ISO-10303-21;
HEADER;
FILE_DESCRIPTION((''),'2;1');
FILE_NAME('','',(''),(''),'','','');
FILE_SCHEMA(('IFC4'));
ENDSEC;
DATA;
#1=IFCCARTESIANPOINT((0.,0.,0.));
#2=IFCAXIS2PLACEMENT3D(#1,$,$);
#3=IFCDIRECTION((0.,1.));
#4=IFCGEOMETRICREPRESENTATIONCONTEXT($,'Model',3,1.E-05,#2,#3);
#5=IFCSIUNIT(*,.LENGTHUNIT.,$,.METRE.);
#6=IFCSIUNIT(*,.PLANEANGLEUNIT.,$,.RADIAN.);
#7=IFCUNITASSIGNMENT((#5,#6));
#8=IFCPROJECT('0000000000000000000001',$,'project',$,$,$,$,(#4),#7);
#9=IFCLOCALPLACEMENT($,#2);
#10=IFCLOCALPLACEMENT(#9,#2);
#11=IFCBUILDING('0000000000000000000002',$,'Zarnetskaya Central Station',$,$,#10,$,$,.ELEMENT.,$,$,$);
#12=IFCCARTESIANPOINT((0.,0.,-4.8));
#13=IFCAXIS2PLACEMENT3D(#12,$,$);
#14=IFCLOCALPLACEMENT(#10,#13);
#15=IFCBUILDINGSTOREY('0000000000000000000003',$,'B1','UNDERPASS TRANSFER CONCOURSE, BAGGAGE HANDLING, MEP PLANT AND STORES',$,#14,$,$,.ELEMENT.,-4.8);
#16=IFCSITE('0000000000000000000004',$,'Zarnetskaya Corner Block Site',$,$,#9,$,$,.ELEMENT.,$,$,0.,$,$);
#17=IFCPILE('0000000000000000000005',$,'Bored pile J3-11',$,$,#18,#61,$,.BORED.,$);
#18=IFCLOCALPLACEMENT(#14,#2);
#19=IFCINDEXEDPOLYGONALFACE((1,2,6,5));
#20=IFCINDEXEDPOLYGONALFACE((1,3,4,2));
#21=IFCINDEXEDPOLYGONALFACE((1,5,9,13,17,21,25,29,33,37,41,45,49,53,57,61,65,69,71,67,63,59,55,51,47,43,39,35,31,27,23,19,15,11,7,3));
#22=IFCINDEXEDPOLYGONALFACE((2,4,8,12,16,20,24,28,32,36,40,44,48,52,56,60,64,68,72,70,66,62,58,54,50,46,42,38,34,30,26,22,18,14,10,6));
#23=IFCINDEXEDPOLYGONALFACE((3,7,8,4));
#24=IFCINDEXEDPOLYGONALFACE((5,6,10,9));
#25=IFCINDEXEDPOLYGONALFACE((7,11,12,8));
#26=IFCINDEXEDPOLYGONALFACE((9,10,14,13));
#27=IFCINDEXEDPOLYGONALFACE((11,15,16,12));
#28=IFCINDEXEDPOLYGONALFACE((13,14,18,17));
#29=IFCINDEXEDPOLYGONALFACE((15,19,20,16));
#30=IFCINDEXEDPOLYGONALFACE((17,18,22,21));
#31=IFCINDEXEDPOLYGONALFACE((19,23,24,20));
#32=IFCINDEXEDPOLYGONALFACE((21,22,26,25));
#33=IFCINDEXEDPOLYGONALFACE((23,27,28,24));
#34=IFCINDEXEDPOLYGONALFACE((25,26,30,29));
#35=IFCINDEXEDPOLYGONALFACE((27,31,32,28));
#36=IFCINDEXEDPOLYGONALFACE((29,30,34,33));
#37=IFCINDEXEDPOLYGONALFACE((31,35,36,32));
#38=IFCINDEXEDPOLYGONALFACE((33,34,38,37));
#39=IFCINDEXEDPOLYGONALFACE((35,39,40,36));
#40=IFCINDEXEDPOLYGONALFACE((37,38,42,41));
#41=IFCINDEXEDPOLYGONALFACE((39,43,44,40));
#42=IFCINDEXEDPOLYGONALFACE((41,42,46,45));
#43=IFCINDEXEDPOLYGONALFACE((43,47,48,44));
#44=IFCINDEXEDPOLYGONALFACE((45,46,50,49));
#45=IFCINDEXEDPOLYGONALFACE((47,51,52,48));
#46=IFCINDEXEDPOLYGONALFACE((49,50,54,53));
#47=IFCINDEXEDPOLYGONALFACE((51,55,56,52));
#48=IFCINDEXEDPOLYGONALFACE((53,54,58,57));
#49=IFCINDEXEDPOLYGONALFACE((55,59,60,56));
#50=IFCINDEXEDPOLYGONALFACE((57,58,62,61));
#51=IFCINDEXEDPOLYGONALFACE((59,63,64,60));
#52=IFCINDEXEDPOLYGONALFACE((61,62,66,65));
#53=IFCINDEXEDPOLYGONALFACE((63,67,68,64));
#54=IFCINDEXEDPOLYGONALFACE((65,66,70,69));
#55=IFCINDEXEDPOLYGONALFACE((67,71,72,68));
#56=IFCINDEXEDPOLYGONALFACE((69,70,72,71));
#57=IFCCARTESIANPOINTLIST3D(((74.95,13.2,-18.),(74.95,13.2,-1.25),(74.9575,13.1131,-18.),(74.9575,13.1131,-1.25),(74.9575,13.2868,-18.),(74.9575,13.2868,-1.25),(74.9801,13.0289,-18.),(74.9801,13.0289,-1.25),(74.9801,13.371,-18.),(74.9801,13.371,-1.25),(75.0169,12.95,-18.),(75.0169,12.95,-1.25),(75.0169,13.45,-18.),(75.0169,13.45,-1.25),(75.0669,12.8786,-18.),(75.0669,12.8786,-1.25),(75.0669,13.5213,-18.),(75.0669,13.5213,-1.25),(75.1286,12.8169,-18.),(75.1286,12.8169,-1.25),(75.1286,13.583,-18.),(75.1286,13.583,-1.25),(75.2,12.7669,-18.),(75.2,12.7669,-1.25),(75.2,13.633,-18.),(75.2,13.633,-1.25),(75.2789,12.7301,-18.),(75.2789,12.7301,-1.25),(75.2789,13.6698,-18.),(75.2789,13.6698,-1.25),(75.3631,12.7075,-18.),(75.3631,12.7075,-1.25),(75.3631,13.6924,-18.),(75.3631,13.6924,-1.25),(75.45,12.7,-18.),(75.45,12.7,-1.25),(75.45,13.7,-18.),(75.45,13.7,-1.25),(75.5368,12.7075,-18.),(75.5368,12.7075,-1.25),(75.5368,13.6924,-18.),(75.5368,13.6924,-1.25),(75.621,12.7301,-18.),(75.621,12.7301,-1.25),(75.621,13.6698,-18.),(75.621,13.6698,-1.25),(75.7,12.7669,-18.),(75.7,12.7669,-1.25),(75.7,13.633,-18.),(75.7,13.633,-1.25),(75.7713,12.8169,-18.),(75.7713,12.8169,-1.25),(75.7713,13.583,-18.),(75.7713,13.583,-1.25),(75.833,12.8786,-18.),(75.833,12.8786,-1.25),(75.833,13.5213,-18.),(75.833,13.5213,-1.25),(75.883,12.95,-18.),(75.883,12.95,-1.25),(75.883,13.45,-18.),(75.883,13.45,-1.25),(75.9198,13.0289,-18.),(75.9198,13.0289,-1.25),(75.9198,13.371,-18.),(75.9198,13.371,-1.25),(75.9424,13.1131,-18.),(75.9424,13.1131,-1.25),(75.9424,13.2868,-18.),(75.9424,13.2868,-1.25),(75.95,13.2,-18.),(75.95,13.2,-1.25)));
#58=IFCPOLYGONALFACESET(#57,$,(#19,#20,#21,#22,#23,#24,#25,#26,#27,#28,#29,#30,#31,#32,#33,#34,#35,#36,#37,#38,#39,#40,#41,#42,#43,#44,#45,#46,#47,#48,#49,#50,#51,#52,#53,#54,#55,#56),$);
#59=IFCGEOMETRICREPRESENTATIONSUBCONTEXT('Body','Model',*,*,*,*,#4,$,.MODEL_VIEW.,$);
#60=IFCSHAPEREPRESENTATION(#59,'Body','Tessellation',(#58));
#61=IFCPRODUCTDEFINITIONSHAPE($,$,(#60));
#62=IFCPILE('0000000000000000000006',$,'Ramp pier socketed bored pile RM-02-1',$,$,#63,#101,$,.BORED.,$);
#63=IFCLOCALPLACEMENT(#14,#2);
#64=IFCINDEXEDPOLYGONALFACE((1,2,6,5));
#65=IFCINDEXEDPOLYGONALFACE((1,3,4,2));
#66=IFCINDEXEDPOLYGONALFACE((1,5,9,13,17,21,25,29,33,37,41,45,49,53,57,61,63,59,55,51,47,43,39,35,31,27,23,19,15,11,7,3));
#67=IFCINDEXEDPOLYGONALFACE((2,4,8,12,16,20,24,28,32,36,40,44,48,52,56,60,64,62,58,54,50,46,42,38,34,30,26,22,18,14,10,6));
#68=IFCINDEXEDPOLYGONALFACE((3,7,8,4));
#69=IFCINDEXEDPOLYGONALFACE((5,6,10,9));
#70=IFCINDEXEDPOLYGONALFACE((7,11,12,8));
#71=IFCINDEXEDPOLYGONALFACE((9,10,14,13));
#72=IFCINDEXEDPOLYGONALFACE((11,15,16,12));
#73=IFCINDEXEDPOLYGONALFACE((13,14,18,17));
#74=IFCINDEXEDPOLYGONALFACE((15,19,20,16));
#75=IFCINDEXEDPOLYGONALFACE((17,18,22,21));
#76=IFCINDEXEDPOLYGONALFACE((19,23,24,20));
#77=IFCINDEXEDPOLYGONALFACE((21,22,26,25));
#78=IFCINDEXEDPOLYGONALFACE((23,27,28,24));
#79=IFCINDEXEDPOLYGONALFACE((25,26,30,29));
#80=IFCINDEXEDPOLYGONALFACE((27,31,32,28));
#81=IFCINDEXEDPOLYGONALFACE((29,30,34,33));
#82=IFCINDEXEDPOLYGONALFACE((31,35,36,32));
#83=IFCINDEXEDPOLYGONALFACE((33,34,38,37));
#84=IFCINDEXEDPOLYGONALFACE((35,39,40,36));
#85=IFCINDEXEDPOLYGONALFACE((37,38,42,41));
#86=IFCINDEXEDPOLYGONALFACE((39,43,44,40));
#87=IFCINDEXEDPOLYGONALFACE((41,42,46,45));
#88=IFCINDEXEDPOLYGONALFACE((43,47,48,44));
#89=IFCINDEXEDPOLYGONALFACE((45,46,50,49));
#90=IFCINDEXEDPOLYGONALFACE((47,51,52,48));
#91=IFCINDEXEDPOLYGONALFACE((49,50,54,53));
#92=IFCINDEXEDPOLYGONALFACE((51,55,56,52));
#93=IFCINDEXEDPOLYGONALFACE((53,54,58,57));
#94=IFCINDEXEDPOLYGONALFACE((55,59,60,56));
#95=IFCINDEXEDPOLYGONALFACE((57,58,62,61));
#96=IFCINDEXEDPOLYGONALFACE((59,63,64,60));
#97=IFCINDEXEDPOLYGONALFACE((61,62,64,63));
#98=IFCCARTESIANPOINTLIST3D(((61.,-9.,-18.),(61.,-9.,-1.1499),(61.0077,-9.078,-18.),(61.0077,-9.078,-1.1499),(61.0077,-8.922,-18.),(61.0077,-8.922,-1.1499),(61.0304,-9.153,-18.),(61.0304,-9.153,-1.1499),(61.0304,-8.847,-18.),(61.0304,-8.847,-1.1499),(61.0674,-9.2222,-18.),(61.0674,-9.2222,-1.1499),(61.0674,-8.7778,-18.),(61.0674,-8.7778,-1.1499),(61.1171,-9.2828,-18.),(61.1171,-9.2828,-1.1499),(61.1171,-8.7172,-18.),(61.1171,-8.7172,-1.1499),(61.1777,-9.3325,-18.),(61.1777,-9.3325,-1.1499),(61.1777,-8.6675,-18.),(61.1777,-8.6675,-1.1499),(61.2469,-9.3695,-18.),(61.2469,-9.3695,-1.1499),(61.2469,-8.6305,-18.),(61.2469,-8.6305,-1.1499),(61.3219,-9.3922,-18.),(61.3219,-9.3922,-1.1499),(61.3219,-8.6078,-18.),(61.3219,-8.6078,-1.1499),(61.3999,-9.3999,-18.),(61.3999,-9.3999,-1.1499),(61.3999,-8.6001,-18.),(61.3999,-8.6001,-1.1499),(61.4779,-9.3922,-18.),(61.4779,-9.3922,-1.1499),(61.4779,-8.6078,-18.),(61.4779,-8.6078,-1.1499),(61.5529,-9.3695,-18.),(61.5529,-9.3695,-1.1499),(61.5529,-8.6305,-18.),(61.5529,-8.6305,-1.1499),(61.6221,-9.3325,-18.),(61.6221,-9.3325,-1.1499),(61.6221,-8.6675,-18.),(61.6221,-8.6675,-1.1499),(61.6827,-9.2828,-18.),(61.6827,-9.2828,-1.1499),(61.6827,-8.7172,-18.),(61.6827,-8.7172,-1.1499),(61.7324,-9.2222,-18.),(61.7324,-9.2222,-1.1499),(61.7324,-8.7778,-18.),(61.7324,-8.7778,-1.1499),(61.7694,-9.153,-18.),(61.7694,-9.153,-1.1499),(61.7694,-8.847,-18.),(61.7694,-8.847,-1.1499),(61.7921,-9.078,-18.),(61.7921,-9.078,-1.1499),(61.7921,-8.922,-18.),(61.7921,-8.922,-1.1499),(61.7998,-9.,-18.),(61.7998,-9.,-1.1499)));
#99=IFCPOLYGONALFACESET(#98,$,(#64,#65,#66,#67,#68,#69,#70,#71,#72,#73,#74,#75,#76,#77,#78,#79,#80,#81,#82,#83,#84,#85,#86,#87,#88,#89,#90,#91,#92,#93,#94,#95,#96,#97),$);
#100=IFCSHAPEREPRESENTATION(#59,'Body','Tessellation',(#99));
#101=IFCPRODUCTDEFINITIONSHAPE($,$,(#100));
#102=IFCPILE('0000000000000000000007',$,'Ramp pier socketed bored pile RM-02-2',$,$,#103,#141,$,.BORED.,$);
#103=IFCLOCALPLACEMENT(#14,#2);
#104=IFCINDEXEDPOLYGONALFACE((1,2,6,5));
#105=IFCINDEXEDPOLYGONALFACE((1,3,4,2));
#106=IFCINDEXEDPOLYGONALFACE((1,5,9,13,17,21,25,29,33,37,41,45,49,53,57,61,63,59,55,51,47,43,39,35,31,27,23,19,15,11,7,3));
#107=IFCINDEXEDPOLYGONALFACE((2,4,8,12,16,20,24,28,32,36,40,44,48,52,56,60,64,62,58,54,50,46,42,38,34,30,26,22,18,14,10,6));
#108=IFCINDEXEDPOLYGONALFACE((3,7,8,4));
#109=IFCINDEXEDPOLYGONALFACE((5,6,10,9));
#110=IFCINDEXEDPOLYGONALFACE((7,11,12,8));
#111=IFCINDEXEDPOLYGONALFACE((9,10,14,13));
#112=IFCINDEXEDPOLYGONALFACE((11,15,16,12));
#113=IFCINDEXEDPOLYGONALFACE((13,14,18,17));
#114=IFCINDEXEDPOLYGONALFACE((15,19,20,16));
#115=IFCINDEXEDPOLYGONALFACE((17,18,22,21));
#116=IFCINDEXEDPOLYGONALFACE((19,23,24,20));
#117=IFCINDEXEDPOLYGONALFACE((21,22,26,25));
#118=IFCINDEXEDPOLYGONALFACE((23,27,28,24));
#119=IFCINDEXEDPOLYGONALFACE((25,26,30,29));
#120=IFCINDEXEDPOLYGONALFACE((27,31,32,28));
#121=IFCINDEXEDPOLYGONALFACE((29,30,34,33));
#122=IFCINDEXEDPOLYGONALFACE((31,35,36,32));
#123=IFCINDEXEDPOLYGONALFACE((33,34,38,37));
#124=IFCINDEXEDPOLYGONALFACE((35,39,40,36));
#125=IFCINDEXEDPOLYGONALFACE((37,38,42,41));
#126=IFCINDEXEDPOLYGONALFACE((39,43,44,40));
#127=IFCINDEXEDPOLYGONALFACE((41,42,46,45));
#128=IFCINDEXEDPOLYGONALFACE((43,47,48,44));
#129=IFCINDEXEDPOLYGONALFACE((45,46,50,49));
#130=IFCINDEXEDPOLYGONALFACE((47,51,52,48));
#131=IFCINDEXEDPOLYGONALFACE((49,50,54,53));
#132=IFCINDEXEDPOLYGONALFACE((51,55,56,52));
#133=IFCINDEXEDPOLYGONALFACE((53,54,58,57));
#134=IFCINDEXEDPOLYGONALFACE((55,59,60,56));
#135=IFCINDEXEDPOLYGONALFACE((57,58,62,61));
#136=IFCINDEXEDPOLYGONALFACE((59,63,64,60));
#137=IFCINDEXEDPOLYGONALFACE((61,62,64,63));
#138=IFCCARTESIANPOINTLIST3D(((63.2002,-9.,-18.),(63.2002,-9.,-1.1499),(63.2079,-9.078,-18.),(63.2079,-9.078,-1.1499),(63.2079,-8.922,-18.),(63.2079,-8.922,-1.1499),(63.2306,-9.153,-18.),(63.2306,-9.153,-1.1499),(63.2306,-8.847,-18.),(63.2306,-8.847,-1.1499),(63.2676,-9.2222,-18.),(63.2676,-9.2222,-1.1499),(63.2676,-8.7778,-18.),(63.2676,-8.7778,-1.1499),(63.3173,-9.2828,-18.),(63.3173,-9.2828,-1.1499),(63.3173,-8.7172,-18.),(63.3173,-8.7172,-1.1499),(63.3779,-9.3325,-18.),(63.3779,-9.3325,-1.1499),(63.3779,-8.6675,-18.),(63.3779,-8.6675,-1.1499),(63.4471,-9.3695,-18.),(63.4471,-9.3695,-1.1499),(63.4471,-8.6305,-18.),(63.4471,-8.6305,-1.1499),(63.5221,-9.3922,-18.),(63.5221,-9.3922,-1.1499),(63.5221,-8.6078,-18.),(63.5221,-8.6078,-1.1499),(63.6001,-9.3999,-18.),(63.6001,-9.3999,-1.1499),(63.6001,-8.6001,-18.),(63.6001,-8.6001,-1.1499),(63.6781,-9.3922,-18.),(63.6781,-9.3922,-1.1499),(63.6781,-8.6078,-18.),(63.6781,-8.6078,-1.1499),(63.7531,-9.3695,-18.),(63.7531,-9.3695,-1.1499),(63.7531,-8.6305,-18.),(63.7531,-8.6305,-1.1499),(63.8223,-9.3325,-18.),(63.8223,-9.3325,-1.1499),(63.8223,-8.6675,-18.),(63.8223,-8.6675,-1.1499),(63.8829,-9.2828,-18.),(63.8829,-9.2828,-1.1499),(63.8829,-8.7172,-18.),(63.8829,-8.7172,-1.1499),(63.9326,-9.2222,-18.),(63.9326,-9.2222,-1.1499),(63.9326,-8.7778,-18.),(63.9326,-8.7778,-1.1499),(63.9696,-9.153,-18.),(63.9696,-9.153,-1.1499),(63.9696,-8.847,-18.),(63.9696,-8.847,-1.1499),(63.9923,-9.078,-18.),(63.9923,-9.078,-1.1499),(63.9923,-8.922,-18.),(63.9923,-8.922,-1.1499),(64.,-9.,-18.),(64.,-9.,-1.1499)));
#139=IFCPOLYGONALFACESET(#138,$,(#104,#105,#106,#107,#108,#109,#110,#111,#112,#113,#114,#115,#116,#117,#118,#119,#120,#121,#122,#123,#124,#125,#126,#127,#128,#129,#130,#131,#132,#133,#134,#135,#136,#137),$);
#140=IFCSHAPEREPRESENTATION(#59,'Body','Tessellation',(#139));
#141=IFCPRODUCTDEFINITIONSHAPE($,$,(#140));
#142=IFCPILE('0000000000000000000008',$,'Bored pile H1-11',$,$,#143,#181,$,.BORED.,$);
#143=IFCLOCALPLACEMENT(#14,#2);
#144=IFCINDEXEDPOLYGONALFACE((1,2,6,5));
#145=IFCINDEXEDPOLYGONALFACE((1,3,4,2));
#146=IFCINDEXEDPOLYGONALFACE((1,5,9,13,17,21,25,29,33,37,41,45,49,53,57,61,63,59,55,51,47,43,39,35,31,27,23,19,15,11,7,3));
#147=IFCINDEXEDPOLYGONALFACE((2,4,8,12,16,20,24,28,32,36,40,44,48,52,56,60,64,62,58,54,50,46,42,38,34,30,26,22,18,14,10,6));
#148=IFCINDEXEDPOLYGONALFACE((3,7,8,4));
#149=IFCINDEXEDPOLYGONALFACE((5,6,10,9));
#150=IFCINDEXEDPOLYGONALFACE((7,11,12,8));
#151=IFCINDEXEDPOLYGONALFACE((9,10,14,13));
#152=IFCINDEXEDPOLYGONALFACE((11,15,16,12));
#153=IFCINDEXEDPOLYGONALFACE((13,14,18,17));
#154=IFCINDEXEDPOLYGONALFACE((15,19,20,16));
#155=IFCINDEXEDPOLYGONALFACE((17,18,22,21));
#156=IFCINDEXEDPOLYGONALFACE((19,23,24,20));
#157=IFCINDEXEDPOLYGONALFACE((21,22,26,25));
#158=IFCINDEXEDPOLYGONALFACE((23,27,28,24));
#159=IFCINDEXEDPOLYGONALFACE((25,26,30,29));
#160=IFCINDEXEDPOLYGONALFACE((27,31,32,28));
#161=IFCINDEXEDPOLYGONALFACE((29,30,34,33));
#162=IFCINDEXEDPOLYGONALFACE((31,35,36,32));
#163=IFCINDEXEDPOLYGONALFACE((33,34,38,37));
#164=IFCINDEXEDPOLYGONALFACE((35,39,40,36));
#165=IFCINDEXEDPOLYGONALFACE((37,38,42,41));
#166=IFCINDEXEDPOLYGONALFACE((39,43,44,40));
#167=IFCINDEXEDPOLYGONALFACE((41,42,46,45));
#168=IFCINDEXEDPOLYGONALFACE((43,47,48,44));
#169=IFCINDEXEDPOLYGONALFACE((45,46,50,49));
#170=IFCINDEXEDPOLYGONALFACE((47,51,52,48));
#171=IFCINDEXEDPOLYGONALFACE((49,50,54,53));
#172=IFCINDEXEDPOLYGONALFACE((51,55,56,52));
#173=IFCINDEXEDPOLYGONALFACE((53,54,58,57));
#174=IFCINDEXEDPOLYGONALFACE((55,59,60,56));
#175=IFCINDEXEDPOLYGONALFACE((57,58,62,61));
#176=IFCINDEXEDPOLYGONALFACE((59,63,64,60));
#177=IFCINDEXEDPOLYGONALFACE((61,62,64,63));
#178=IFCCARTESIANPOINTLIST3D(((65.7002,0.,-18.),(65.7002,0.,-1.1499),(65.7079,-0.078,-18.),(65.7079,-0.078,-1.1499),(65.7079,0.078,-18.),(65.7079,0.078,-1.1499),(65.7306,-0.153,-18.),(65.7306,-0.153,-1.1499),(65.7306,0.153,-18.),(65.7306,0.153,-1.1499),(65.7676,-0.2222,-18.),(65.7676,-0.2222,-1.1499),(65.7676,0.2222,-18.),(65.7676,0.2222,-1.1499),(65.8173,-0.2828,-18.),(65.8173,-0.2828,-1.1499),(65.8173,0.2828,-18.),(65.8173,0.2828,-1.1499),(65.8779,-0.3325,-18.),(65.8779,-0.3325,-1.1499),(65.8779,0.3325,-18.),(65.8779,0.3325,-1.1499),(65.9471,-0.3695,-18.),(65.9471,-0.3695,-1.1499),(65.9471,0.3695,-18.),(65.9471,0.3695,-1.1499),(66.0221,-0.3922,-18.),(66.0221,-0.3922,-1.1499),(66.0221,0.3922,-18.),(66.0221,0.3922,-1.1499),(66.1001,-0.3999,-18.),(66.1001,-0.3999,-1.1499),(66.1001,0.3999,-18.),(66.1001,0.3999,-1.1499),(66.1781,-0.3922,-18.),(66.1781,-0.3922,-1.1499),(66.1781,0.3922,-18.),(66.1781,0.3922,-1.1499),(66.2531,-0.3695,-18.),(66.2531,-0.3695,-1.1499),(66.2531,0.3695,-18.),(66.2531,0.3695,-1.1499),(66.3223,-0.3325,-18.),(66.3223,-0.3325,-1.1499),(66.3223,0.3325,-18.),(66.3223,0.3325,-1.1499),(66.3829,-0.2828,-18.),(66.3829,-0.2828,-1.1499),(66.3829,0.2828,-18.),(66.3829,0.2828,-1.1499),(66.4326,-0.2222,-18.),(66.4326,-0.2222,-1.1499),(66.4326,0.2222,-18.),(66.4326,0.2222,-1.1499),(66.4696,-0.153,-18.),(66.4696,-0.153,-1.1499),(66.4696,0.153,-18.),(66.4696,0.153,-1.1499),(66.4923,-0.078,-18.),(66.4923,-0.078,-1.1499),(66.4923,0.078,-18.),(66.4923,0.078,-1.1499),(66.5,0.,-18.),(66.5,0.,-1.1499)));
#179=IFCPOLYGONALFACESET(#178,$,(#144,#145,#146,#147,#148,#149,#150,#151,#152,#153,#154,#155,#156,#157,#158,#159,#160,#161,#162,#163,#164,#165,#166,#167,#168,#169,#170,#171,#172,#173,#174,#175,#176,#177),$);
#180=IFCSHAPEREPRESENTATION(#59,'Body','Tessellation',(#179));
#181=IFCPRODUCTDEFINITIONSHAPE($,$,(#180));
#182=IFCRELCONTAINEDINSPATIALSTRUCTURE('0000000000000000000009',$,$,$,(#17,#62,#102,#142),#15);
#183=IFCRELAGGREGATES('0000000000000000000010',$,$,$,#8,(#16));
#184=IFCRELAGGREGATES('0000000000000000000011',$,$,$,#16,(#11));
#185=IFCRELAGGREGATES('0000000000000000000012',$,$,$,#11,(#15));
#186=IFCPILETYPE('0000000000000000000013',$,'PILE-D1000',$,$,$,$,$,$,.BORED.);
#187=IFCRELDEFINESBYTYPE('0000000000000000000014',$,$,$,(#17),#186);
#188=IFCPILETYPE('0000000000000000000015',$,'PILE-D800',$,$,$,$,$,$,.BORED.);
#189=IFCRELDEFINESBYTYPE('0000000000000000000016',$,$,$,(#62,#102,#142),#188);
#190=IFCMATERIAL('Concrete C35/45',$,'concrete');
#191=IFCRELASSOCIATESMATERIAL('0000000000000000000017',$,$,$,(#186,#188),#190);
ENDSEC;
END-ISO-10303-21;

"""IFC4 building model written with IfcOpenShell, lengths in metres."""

from ifc_helpers import new_model, si_unit, direction, frame, origin, origin_2d, place, context, subcontext, project, spatial, circle, extrude, material, material_profile, profile_set, type_object, element, save


model = new_model("IFC4")

# Units and contexts
model_context = context("Model", 3, precision=1e-05, world=origin(), true_north=direction((0.0, 1.0)))
body_context = subcontext(model_context, "Body", "Model", "MODEL_VIEW")
ifc_project = project(units=[si_unit("LENGTHUNIT", "METRE"), si_unit("PLANEANGLEUNIT", "RADIAN")], contexts=[model_context])

# Site, building, storey
site_placement = place(None, origin())
site = spatial("IfcSite", under=ifc_project, at=site_placement, Name="Zarnetskaya Corner Block Site", CompositionType="ELEMENT", RefElevation=0.0)
building_placement = place(site_placement, origin())
building = spatial("IfcBuilding", under=site, at=building_placement, Name="Zarnetskaya Central Station", CompositionType="ELEMENT")
storey_placement = place(building_placement, frame((0.0, 0.0, -4.8)))
storey = spatial("IfcBuildingStorey", under=building, at=storey_placement, Name="B1", Description="UNDERPASS TRANSFER CONCOURSE, BAGGAGE HANDLING, MEP PLANT AND STORES", CompositionType="ELEMENT", Elevation=-4.8)

# Shared definitions
ifc_material_1 = material(Name="Concrete C35/45", Category="concrete")

# Piles
ifc_material_profile_1 = material_profile(ifc_material_1, circle(Radius=0.5, at=origin_2d()), Name="BORED PILE D1000")
ifc_profile_set_1 = profile_set([ifc_material_profile_1], Name="Concrete C35/45")
pile_type_1 = type_object("IfcPileType", Name="PILE-D1000", PredefinedType="BORED", material=ifc_profile_set_1)
for number, where, z_axis, x_axis, name in (
    (1, (75.45, 13.2, -1.25), (0.0, 0.0, -1.0), (1.0, 0.0, 0.0), "Bored pile J3-11"),
):
    element("IfcPile", number, at=place(storey_placement, frame(where, z_axis=z_axis, x_axis=x_axis)), inside=storey, type_object=pile_type_1, Name=name, PredefinedType="BORED", context=body_context, shape_type="SweptSolid", body=[
        extrude(circle(Radius=0.5, at=origin_2d()), origin(), (0.0, 0.0, 1.0), 16.75),
    ])
ifc_material_profile_2 = material_profile(ifc_material_1, circle(Radius=0.3999, at=origin_2d()), Name="BORED PILE D800")
ifc_profile_set_2 = profile_set([ifc_material_profile_2], Name="Concrete C35/45")
pile_type_2 = type_object("IfcPileType", Name="PILE-D800", PredefinedType="BORED", material=ifc_profile_set_2)
for number, where, z_axis, x_axis, name in (
    (2, (61.3999, -9.0, -1.1499), (0.0, 0.0, -1.0), (1.0, 0.0, 0.0), "Ramp pier socketed bored pile RM-02-1"),
    (3, (63.6001, -9.0, -1.1499), (0.0, 0.0, -1.0), (1.0, 0.0, 0.0), "Ramp pier socketed bored pile RM-02-2"),
    (4, (66.1001, 0.0, -1.1499), (0.0, 0.0, -1.0), (1.0, 0.0, 0.0), "Bored pile H1-11"),
):
    element("IfcPile", number, at=place(storey_placement, frame(where, z_axis=z_axis, x_axis=x_axis)), inside=storey, type_object=pile_type_2, Name=name, PredefinedType="BORED", context=body_context, shape_type="SweptSolid", body=[
        extrude(circle(Radius=0.3999, at=origin_2d()), origin(), (0.0, 0.0, 1.0), 16.8501),
    ])

save(model, "model.ifc")
